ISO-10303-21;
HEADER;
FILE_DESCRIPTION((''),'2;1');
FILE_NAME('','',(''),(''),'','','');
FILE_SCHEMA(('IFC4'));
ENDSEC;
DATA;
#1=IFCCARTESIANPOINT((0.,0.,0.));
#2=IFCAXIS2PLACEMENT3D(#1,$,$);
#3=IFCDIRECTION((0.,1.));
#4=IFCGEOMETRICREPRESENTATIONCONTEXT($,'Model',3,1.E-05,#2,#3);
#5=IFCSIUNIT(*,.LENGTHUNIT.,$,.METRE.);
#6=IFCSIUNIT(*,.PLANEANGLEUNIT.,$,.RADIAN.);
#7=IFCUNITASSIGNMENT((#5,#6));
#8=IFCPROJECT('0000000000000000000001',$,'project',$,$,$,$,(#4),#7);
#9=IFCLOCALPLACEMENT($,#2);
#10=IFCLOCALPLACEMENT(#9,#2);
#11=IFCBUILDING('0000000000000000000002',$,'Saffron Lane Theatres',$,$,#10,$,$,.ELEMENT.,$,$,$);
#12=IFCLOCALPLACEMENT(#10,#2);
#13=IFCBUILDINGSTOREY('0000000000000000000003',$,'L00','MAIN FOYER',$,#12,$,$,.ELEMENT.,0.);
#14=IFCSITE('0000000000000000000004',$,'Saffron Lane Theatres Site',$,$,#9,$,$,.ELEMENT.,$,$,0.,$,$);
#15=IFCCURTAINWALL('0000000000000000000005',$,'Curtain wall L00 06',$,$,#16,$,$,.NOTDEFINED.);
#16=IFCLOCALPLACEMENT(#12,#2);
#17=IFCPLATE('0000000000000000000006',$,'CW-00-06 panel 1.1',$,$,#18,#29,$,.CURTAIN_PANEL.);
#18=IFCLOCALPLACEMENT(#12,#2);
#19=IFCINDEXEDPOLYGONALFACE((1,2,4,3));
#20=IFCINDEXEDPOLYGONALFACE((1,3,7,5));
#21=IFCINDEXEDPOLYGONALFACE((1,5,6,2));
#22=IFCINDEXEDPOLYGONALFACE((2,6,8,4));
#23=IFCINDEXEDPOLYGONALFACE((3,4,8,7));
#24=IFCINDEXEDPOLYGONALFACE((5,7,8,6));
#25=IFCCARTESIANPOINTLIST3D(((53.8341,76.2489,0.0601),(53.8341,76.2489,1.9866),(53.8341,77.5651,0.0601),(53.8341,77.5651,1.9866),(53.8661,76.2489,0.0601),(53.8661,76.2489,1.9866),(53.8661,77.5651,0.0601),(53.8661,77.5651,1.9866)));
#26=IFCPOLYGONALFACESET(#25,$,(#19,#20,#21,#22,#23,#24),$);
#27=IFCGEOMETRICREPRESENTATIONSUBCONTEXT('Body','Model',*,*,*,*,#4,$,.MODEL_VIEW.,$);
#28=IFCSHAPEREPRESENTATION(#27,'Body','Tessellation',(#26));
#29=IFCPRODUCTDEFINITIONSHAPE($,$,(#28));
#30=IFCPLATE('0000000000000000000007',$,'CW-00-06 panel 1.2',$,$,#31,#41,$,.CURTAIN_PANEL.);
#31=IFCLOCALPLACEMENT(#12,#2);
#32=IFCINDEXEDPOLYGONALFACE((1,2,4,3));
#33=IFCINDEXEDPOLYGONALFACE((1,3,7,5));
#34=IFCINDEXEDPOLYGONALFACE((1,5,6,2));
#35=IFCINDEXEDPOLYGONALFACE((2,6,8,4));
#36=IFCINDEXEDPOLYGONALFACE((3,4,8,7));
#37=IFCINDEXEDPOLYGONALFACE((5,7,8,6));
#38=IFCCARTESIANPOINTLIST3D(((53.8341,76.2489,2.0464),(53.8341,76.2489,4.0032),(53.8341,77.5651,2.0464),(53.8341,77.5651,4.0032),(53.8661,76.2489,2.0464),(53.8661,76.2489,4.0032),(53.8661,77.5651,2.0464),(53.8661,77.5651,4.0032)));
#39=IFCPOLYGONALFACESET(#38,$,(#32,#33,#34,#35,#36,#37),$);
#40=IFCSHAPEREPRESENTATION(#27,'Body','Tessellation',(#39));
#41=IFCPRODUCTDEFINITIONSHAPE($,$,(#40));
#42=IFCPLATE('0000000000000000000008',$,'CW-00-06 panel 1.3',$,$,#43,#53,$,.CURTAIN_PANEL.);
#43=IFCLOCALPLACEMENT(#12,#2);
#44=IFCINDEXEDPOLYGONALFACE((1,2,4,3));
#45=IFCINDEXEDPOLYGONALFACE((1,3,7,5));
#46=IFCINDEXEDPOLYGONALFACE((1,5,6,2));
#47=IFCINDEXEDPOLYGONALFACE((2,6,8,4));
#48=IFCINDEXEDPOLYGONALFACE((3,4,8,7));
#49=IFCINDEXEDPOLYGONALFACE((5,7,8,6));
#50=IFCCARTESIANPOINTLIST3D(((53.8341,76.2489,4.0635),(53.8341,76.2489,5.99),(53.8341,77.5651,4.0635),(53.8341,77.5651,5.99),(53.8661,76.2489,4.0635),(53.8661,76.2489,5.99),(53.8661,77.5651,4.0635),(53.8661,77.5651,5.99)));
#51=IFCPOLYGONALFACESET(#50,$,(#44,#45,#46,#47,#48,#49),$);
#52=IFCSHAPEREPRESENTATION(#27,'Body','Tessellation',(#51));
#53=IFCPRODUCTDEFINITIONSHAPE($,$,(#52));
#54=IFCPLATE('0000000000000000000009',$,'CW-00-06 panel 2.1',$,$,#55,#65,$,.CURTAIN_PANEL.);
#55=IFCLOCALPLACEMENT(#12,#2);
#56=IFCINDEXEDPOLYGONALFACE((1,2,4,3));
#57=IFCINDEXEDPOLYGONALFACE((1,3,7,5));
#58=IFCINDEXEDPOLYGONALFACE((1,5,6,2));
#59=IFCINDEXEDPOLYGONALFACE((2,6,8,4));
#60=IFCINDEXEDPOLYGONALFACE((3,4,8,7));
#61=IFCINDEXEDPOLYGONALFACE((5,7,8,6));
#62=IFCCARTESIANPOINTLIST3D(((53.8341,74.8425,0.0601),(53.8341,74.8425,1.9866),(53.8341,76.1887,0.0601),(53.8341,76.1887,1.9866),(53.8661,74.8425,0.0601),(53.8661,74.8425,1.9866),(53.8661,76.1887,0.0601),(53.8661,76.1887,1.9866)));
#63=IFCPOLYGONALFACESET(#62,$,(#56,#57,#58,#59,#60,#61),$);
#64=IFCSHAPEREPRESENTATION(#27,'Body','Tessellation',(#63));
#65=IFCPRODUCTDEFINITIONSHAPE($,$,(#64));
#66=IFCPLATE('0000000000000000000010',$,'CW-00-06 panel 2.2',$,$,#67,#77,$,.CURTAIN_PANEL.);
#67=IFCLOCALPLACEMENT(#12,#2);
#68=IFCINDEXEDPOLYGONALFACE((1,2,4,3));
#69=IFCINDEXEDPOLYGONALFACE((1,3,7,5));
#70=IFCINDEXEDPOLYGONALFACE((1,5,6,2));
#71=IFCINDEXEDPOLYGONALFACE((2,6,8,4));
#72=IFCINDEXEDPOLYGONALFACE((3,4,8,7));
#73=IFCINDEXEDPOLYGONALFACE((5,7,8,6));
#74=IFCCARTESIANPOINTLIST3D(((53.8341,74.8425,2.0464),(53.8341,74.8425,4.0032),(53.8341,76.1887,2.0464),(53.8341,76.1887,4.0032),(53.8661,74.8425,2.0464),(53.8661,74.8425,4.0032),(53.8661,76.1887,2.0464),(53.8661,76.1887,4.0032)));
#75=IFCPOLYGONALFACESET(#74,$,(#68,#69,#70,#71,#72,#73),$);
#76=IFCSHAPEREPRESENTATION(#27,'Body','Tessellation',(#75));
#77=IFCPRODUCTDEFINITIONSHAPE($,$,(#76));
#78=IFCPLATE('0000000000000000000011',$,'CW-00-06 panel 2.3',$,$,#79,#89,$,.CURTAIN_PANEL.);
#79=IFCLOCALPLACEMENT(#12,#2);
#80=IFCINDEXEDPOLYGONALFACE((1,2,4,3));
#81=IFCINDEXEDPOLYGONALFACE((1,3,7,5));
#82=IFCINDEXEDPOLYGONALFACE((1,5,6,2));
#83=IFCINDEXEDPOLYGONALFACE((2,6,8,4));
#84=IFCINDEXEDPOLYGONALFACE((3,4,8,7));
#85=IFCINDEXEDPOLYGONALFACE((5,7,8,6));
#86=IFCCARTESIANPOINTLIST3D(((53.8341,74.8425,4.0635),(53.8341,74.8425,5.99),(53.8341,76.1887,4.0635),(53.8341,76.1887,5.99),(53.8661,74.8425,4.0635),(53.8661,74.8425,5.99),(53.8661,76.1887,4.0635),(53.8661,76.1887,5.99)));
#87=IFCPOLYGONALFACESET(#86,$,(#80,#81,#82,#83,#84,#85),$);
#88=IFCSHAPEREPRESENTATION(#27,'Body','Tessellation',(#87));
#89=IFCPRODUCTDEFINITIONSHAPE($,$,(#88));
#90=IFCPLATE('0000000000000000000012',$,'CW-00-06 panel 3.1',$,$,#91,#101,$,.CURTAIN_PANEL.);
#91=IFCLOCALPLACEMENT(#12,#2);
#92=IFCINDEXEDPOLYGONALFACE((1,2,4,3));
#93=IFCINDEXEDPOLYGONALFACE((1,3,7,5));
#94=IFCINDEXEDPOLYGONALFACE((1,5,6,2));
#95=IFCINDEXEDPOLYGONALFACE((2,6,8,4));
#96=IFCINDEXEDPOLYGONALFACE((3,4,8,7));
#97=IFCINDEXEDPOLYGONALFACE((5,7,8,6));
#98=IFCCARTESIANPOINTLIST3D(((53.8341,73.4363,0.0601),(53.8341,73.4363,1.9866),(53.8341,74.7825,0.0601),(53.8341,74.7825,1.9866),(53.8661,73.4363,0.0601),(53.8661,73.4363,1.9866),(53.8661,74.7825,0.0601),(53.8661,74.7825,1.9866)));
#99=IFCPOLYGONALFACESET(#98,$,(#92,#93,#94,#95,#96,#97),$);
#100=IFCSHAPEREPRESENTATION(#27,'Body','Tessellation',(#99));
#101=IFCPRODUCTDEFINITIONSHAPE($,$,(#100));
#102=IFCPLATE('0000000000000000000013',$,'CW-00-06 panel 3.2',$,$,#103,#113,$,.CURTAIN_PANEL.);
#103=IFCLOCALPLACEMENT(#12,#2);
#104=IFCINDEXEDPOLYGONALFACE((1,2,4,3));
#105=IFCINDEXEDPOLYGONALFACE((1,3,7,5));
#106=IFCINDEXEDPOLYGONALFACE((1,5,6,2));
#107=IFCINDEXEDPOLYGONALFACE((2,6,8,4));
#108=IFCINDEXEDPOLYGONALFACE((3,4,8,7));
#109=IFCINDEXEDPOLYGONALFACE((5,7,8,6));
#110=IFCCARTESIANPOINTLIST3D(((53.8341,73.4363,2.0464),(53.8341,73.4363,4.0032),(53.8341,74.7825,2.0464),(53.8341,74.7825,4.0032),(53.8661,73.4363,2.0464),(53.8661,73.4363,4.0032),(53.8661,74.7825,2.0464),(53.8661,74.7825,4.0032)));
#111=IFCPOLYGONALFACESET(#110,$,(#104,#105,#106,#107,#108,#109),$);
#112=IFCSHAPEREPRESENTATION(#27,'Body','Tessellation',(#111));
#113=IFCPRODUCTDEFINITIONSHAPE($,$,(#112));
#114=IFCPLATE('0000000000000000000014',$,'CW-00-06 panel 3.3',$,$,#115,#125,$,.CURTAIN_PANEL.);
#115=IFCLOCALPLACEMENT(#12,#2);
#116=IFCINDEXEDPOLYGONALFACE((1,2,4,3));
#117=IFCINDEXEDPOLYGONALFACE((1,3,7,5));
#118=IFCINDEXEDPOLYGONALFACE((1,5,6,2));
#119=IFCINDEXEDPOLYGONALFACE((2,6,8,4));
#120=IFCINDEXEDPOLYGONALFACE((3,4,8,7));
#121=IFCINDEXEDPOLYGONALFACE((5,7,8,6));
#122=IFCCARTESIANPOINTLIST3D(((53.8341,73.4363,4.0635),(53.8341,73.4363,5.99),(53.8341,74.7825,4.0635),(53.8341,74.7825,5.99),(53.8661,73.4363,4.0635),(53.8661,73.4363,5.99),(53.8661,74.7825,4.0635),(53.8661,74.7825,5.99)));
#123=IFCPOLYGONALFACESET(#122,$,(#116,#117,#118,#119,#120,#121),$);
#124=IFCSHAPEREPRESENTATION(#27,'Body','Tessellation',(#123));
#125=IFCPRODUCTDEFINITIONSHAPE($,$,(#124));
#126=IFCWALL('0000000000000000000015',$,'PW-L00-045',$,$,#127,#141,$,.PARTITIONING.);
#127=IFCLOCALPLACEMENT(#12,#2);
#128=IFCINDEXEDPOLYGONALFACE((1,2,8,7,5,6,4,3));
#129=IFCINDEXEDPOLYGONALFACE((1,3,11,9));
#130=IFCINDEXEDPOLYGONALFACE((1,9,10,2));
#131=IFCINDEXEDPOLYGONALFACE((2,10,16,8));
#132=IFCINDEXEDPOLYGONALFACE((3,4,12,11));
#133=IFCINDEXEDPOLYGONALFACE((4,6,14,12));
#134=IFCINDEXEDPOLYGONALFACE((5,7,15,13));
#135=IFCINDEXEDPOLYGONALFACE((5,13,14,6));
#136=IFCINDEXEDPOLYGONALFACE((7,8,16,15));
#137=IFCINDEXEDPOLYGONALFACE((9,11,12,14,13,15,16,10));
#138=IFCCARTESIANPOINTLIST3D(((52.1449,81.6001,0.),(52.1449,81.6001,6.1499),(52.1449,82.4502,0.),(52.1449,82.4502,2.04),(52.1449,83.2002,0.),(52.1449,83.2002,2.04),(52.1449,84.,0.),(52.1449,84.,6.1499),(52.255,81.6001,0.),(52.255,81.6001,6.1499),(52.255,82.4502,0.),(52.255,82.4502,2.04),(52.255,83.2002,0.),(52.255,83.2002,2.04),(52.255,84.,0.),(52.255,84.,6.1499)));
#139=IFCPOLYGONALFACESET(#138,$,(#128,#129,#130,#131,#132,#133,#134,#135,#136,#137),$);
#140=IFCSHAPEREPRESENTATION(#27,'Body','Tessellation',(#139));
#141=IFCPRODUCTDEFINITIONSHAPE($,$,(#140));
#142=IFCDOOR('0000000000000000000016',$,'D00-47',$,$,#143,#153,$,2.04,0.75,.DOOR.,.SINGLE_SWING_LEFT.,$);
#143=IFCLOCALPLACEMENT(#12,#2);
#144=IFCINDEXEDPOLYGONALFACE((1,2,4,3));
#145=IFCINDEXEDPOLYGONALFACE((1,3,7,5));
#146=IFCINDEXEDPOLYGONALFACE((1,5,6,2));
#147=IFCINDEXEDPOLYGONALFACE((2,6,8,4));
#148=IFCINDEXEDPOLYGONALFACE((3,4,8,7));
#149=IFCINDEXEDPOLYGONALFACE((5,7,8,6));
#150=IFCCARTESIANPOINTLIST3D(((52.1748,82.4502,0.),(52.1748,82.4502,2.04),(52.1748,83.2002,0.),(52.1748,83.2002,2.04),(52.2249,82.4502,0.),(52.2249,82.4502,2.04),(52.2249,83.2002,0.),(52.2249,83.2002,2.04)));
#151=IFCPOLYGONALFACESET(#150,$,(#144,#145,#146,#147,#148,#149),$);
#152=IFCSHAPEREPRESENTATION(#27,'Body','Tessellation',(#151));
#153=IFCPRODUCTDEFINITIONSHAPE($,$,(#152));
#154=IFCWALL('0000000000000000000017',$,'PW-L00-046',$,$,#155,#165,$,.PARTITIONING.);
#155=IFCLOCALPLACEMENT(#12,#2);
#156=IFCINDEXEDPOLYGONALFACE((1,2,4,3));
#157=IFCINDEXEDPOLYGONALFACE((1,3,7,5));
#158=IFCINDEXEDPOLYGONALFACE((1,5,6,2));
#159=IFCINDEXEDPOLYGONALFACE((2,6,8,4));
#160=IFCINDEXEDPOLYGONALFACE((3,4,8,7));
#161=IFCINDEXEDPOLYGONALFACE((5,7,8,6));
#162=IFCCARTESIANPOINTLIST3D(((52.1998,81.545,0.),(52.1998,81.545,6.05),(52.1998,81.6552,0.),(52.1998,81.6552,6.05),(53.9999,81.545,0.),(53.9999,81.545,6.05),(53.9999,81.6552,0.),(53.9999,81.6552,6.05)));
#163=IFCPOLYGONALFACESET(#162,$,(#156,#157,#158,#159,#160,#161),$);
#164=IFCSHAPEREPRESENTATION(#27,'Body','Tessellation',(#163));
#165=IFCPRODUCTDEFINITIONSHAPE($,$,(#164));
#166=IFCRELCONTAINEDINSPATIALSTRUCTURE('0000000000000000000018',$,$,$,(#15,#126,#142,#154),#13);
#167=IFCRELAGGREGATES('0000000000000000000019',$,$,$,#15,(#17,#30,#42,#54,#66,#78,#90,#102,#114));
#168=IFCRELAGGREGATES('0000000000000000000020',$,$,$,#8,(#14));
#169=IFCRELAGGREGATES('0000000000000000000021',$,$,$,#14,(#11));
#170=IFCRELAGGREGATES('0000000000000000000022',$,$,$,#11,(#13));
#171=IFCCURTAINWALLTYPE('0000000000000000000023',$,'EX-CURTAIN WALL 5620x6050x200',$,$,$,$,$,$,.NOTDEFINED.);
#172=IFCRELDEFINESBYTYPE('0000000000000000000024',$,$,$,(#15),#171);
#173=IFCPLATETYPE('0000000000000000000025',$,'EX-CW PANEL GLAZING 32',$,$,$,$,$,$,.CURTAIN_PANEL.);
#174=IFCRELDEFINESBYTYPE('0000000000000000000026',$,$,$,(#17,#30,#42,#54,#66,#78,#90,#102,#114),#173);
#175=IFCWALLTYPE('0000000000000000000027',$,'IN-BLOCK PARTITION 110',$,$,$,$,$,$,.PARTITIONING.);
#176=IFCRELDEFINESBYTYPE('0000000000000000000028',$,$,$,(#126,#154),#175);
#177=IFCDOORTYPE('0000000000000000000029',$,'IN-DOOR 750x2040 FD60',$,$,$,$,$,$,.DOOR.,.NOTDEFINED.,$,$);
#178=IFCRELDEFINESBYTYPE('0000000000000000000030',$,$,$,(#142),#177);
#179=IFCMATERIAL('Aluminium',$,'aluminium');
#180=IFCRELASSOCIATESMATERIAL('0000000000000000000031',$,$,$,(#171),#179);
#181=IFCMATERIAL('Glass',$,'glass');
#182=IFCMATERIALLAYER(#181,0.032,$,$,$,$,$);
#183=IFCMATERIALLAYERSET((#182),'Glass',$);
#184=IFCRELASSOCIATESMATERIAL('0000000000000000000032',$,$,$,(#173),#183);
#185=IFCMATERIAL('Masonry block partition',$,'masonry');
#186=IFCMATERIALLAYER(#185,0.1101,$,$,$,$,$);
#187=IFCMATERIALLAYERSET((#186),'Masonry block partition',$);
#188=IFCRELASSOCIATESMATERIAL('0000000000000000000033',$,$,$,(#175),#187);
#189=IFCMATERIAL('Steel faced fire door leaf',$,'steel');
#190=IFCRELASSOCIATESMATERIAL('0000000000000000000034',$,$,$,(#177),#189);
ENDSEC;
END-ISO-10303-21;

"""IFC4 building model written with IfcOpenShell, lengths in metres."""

from ifc_helpers import new_model, si_unit, direction, frame, frame_2d, origin, origin_2d, place, context, subcontext, project, spatial, rectangle, extrude, material, layer, layer_set, type_object, element, fill, aggregate, save


model = new_model("IFC4")

# Units and contexts
model_context = context("Model", 3, precision=1e-05, world=origin(), true_north=direction((0.0, 1.0)))
body_context = subcontext(model_context, "Body", "Model", "MODEL_VIEW")
ifc_project = project(units=[si_unit("LENGTHUNIT", "METRE"), si_unit("PLANEANGLEUNIT", "RADIAN")], contexts=[model_context])

# Site, building, storey
site_placement = place(None, origin())
site = spatial("IfcSite", under=ifc_project, at=site_placement, Name="Saffron Lane Theatres Site", CompositionType="ELEMENT", RefElevation=0.0)
building_placement = place(site_placement, origin())
building = spatial("IfcBuilding", under=site, at=building_placement, Name="Saffron Lane Theatres", CompositionType="ELEMENT")
storey_placement = place(building_placement, origin())
storey = spatial("IfcBuildingStorey", under=building, at=storey_placement, Name="L00", Description="MAIN FOYER", CompositionType="ELEMENT", Elevation=0.0)

# Curtain wall, plates
ifc_material_1 = material(Name="Aluminium", Category="aluminium")
curtain_wall_type_1 = type_object("IfcCurtainWallType", Name="EX-CURTAIN WALL 5620x6050x200", PredefinedType="NOTDEFINED", material=ifc_material_1)
curtain_wall_1_placement = place(storey_placement, origin())
curtain_wall_1 = element("IfcCurtainWall", 1, at=curtain_wall_1_placement, inside=storey, type_object=curtain_wall_type_1, Name="Curtain wall L00 06", PredefinedType="NOTDEFINED")
ifc_material_2 = material(Name="Glass", Category="glass")
ifc_layer_1 = layer(ifc_material_2, 0.032)
ifc_layer_set_1 = layer_set([ifc_layer_1], Name="Glass")
plate_type = type_object("IfcPlateType", Name="EX-CW PANEL GLAZING 32", PredefinedType="CURTAIN_PANEL", material=ifc_layer_set_1)
plate_1_placement = place(storey_placement, frame((53.8501, 76.907, 0.0601), z_axis=(0.0, 0.0, 1.0), x_axis=(0.0, -1.0, 0.0)))
plate_1 = element("IfcPlate", 2, at=plate_1_placement, type_object=plate_type, Name="CW-00-06 panel 1.1", PredefinedType="CURTAIN_PANEL", context=body_context, shape_type="SweptSolid", body=[
    extrude(rectangle(XDim=1.3162, YDim=0.032, at=origin_2d()), origin(), (0.0, 0.0, 1.0), 1.9265),
])
plate_2_placement = place(storey_placement, frame((53.8501, 76.907, 2.0464), z_axis=(0.0, 0.0, 1.0), x_axis=(0.0, -1.0, 0.0)))
plate_2 = element("IfcPlate", 3, at=plate_2_placement, type_object=plate_type, Name="CW-00-06 panel 1.2", PredefinedType="CURTAIN_PANEL", context=body_context, shape_type="SweptSolid", body=[
    extrude(rectangle(XDim=1.3162, YDim=0.032, at=origin_2d()), origin(), (0.0, 0.0, 1.0), 1.9568),
])
plate_3_placement = place(storey_placement, frame((53.8501, 76.907, 4.0635), z_axis=(0.0, 0.0, 1.0), x_axis=(0.0, -1.0, 0.0)))
plate_3 = element("IfcPlate", 4, at=plate_3_placement, type_object=plate_type, Name="CW-00-06 panel 1.3", PredefinedType="CURTAIN_PANEL", context=body_context, shape_type="SweptSolid", body=[
    extrude(rectangle(XDim=1.3162, YDim=0.032, at=origin_2d()), origin(), (0.0, 0.0, 1.0), 1.9265),
])
plate_4_placement = place(storey_placement, frame((53.8501, 75.5156, 0.0601), z_axis=(0.0, 0.0, 1.0), x_axis=(0.0, -1.0, 0.0)))
plate_4 = element("IfcPlate", 5, at=plate_4_placement, type_object=plate_type, Name="CW-00-06 panel 2.1", PredefinedType="CURTAIN_PANEL", context=body_context, shape_type="SweptSolid", body=[
    extrude(rectangle(XDim=1.3462, YDim=0.032, at=origin_2d()), origin(), (0.0, 0.0, 1.0), 1.9265),
])
plate_5_placement = place(storey_placement, frame((53.8501, 75.5156, 2.0464), z_axis=(0.0, 0.0, 1.0), x_axis=(0.0, -1.0, 0.0)))
plate_5 = element("IfcPlate", 6, at=plate_5_placement, type_object=plate_type, Name="CW-00-06 panel 2.2", PredefinedType="CURTAIN_PANEL", context=body_context, shape_type="SweptSolid", body=[
    extrude(rectangle(XDim=1.3462, YDim=0.032, at=origin_2d()), origin(), (0.0, 0.0, 1.0), 1.9568),
])
plate_6_placement = place(storey_placement, frame((53.8501, 75.5156, 4.0635), z_axis=(0.0, 0.0, 1.0), x_axis=(0.0, -1.0, 0.0)))
plate_6 = element("IfcPlate", 7, at=plate_6_placement, type_object=plate_type, Name="CW-00-06 panel 2.3", PredefinedType="CURTAIN_PANEL", context=body_context, shape_type="SweptSolid", body=[
    extrude(rectangle(XDim=1.3462, YDim=0.032, at=origin_2d()), origin(), (0.0, 0.0, 1.0), 1.9265),
])
plate_7_placement = place(storey_placement, frame((53.8501, 74.1094, 0.0601), z_axis=(0.0, 0.0, 1.0), x_axis=(0.0, -1.0, 0.0)))
plate_7 = element("IfcPlate", 8, at=plate_7_placement, type_object=plate_type, Name="CW-00-06 panel 3.1", PredefinedType="CURTAIN_PANEL", context=body_context, shape_type="SweptSolid", body=[
    extrude(rectangle(XDim=1.3462, YDim=0.032, at=origin_2d()), origin(), (0.0, 0.0, 1.0), 1.9265),
])
plate_8_placement = place(storey_placement, frame((53.8501, 74.1094, 2.0464), z_axis=(0.0, 0.0, 1.0), x_axis=(0.0, -1.0, 0.0)))
plate_8 = element("IfcPlate", 9, at=plate_8_placement, type_object=plate_type, Name="CW-00-06 panel 3.2", PredefinedType="CURTAIN_PANEL", context=body_context, shape_type="SweptSolid", body=[
    extrude(rectangle(XDim=1.3462, YDim=0.032, at=origin_2d()), origin(), (0.0, 0.0, 1.0), 1.9568),
])
plate_9_placement = place(storey_placement, frame((53.8501, 74.1094, 4.0635), z_axis=(0.0, 0.0, 1.0), x_axis=(0.0, -1.0, 0.0)))
plate_9 = element("IfcPlate", 10, at=plate_9_placement, type_object=plate_type, Name="CW-00-06 panel 3.3", PredefinedType="CURTAIN_PANEL", context=body_context, shape_type="SweptSolid", body=[
    extrude(rectangle(XDim=1.3462, YDim=0.032, at=origin_2d()), origin(), (0.0, 0.0, 1.0), 1.9265),
])
aggregate(curtain_wall_1, [plate_1, plate_2, plate_3, plate_4, plate_5, plate_6, plate_7, plate_8, plate_9])

# Wall, opening, door
ifc_material_3 = material(Name="Masonry block partition", Category="masonry")
ifc_layer_2 = layer(ifc_material_3, 0.1101)
ifc_layer_set_2 = layer_set([ifc_layer_2], Name="Masonry block partition")
wall_type_1 = type_object("IfcWallType", Name="IN-BLOCK PARTITION 110", PredefinedType="PARTITIONING", material=ifc_layer_set_2)
wall_1_placement = place(storey_placement, frame((52.2, 81.6001, 0.0), z_axis=(0.0, 0.0, 1.0), x_axis=(0.0, 1.0, 0.0)))
wall_1 = element("IfcWall", 11, at=wall_1_placement, inside=storey, type_object=wall_type_1, Name="PW-L00-045", PredefinedType="PARTITIONING", context=body_context, shape_type="SweptSolid", body=[
    extrude(rectangle(XDim=2.3999, YDim=0.1101, at=frame_2d((1.2, 0.0))), origin(), (0.0, 0.0, 1.0), 6.1499),
])
opening_1_placement = place(wall_1_placement, frame((0.8501, 0.0, 0.0)))
opening_1 = element("IfcOpeningElement", 12, at=opening_1_placement, cuts=wall_1, PredefinedType="OPENING", context=body_context, shape_type="SweptSolid", body=[
    extrude(rectangle(XDim=0.75, YDim=2.04, at=frame_2d((0.375, 1.02))), frame((0.0, 0.0649, 0.0), z_axis=(0.0, -1.0, 0.0), x_axis=(1.0, 0.0, 0.0)), (0.0, 0.0, 1.0), 0.1301),
])
ifc_material_4 = material(Name="Steel faced fire door leaf", Category="steel")
door_type_1 = type_object("IfcDoorType", Name="IN-DOOR 750x2040 FD60", OperationType="NOTDEFINED", PredefinedType="DOOR", material=ifc_material_4)
door_1_placement = place(opening_1_placement, frame((0.75, 0.0, 0.0), z_axis=(0.0, 0.0, 1.0), x_axis=(-1.0, 0.0, 0.0)))
door_1 = element("IfcDoor", 13, at=door_1_placement, inside=storey, type_object=door_type_1, Name="D00-47", OperationType="SINGLE_SWING_LEFT", OverallHeight=2.04, OverallWidth=0.75, PredefinedType="DOOR", context=body_context, shape_type="SweptSolid", body=[
    extrude(rectangle(XDim=0.75, YDim=2.04, at=frame_2d((0.375, 1.02))), frame((0.0, 0.0249, 0.0), z_axis=(0.0, -1.0, 0.0), x_axis=(1.0, 0.0, 0.0)), (0.0, 0.0, 1.0), 0.05),
])
fill(opening_1, door_1)

# Wall
wall_2_placement = place(storey_placement, frame((52.2, 81.6001, 0.0), z_axis=(0.0, 0.0, 1.0), x_axis=(1.0, 0.0, 0.0)))
element("IfcWall", 14, at=wall_2_placement, inside=storey, type_object=wall_type_1, Name="PW-L00-046", PredefinedType="PARTITIONING", context=body_context, shape_type="SweptSolid", body=[
    extrude(rectangle(XDim=1.8, YDim=0.1101, at=frame_2d((0.8999, 0.0))), origin(), (0.0, 0.0, 1.0), 6.05),
])

save(model, "model.ifc")
